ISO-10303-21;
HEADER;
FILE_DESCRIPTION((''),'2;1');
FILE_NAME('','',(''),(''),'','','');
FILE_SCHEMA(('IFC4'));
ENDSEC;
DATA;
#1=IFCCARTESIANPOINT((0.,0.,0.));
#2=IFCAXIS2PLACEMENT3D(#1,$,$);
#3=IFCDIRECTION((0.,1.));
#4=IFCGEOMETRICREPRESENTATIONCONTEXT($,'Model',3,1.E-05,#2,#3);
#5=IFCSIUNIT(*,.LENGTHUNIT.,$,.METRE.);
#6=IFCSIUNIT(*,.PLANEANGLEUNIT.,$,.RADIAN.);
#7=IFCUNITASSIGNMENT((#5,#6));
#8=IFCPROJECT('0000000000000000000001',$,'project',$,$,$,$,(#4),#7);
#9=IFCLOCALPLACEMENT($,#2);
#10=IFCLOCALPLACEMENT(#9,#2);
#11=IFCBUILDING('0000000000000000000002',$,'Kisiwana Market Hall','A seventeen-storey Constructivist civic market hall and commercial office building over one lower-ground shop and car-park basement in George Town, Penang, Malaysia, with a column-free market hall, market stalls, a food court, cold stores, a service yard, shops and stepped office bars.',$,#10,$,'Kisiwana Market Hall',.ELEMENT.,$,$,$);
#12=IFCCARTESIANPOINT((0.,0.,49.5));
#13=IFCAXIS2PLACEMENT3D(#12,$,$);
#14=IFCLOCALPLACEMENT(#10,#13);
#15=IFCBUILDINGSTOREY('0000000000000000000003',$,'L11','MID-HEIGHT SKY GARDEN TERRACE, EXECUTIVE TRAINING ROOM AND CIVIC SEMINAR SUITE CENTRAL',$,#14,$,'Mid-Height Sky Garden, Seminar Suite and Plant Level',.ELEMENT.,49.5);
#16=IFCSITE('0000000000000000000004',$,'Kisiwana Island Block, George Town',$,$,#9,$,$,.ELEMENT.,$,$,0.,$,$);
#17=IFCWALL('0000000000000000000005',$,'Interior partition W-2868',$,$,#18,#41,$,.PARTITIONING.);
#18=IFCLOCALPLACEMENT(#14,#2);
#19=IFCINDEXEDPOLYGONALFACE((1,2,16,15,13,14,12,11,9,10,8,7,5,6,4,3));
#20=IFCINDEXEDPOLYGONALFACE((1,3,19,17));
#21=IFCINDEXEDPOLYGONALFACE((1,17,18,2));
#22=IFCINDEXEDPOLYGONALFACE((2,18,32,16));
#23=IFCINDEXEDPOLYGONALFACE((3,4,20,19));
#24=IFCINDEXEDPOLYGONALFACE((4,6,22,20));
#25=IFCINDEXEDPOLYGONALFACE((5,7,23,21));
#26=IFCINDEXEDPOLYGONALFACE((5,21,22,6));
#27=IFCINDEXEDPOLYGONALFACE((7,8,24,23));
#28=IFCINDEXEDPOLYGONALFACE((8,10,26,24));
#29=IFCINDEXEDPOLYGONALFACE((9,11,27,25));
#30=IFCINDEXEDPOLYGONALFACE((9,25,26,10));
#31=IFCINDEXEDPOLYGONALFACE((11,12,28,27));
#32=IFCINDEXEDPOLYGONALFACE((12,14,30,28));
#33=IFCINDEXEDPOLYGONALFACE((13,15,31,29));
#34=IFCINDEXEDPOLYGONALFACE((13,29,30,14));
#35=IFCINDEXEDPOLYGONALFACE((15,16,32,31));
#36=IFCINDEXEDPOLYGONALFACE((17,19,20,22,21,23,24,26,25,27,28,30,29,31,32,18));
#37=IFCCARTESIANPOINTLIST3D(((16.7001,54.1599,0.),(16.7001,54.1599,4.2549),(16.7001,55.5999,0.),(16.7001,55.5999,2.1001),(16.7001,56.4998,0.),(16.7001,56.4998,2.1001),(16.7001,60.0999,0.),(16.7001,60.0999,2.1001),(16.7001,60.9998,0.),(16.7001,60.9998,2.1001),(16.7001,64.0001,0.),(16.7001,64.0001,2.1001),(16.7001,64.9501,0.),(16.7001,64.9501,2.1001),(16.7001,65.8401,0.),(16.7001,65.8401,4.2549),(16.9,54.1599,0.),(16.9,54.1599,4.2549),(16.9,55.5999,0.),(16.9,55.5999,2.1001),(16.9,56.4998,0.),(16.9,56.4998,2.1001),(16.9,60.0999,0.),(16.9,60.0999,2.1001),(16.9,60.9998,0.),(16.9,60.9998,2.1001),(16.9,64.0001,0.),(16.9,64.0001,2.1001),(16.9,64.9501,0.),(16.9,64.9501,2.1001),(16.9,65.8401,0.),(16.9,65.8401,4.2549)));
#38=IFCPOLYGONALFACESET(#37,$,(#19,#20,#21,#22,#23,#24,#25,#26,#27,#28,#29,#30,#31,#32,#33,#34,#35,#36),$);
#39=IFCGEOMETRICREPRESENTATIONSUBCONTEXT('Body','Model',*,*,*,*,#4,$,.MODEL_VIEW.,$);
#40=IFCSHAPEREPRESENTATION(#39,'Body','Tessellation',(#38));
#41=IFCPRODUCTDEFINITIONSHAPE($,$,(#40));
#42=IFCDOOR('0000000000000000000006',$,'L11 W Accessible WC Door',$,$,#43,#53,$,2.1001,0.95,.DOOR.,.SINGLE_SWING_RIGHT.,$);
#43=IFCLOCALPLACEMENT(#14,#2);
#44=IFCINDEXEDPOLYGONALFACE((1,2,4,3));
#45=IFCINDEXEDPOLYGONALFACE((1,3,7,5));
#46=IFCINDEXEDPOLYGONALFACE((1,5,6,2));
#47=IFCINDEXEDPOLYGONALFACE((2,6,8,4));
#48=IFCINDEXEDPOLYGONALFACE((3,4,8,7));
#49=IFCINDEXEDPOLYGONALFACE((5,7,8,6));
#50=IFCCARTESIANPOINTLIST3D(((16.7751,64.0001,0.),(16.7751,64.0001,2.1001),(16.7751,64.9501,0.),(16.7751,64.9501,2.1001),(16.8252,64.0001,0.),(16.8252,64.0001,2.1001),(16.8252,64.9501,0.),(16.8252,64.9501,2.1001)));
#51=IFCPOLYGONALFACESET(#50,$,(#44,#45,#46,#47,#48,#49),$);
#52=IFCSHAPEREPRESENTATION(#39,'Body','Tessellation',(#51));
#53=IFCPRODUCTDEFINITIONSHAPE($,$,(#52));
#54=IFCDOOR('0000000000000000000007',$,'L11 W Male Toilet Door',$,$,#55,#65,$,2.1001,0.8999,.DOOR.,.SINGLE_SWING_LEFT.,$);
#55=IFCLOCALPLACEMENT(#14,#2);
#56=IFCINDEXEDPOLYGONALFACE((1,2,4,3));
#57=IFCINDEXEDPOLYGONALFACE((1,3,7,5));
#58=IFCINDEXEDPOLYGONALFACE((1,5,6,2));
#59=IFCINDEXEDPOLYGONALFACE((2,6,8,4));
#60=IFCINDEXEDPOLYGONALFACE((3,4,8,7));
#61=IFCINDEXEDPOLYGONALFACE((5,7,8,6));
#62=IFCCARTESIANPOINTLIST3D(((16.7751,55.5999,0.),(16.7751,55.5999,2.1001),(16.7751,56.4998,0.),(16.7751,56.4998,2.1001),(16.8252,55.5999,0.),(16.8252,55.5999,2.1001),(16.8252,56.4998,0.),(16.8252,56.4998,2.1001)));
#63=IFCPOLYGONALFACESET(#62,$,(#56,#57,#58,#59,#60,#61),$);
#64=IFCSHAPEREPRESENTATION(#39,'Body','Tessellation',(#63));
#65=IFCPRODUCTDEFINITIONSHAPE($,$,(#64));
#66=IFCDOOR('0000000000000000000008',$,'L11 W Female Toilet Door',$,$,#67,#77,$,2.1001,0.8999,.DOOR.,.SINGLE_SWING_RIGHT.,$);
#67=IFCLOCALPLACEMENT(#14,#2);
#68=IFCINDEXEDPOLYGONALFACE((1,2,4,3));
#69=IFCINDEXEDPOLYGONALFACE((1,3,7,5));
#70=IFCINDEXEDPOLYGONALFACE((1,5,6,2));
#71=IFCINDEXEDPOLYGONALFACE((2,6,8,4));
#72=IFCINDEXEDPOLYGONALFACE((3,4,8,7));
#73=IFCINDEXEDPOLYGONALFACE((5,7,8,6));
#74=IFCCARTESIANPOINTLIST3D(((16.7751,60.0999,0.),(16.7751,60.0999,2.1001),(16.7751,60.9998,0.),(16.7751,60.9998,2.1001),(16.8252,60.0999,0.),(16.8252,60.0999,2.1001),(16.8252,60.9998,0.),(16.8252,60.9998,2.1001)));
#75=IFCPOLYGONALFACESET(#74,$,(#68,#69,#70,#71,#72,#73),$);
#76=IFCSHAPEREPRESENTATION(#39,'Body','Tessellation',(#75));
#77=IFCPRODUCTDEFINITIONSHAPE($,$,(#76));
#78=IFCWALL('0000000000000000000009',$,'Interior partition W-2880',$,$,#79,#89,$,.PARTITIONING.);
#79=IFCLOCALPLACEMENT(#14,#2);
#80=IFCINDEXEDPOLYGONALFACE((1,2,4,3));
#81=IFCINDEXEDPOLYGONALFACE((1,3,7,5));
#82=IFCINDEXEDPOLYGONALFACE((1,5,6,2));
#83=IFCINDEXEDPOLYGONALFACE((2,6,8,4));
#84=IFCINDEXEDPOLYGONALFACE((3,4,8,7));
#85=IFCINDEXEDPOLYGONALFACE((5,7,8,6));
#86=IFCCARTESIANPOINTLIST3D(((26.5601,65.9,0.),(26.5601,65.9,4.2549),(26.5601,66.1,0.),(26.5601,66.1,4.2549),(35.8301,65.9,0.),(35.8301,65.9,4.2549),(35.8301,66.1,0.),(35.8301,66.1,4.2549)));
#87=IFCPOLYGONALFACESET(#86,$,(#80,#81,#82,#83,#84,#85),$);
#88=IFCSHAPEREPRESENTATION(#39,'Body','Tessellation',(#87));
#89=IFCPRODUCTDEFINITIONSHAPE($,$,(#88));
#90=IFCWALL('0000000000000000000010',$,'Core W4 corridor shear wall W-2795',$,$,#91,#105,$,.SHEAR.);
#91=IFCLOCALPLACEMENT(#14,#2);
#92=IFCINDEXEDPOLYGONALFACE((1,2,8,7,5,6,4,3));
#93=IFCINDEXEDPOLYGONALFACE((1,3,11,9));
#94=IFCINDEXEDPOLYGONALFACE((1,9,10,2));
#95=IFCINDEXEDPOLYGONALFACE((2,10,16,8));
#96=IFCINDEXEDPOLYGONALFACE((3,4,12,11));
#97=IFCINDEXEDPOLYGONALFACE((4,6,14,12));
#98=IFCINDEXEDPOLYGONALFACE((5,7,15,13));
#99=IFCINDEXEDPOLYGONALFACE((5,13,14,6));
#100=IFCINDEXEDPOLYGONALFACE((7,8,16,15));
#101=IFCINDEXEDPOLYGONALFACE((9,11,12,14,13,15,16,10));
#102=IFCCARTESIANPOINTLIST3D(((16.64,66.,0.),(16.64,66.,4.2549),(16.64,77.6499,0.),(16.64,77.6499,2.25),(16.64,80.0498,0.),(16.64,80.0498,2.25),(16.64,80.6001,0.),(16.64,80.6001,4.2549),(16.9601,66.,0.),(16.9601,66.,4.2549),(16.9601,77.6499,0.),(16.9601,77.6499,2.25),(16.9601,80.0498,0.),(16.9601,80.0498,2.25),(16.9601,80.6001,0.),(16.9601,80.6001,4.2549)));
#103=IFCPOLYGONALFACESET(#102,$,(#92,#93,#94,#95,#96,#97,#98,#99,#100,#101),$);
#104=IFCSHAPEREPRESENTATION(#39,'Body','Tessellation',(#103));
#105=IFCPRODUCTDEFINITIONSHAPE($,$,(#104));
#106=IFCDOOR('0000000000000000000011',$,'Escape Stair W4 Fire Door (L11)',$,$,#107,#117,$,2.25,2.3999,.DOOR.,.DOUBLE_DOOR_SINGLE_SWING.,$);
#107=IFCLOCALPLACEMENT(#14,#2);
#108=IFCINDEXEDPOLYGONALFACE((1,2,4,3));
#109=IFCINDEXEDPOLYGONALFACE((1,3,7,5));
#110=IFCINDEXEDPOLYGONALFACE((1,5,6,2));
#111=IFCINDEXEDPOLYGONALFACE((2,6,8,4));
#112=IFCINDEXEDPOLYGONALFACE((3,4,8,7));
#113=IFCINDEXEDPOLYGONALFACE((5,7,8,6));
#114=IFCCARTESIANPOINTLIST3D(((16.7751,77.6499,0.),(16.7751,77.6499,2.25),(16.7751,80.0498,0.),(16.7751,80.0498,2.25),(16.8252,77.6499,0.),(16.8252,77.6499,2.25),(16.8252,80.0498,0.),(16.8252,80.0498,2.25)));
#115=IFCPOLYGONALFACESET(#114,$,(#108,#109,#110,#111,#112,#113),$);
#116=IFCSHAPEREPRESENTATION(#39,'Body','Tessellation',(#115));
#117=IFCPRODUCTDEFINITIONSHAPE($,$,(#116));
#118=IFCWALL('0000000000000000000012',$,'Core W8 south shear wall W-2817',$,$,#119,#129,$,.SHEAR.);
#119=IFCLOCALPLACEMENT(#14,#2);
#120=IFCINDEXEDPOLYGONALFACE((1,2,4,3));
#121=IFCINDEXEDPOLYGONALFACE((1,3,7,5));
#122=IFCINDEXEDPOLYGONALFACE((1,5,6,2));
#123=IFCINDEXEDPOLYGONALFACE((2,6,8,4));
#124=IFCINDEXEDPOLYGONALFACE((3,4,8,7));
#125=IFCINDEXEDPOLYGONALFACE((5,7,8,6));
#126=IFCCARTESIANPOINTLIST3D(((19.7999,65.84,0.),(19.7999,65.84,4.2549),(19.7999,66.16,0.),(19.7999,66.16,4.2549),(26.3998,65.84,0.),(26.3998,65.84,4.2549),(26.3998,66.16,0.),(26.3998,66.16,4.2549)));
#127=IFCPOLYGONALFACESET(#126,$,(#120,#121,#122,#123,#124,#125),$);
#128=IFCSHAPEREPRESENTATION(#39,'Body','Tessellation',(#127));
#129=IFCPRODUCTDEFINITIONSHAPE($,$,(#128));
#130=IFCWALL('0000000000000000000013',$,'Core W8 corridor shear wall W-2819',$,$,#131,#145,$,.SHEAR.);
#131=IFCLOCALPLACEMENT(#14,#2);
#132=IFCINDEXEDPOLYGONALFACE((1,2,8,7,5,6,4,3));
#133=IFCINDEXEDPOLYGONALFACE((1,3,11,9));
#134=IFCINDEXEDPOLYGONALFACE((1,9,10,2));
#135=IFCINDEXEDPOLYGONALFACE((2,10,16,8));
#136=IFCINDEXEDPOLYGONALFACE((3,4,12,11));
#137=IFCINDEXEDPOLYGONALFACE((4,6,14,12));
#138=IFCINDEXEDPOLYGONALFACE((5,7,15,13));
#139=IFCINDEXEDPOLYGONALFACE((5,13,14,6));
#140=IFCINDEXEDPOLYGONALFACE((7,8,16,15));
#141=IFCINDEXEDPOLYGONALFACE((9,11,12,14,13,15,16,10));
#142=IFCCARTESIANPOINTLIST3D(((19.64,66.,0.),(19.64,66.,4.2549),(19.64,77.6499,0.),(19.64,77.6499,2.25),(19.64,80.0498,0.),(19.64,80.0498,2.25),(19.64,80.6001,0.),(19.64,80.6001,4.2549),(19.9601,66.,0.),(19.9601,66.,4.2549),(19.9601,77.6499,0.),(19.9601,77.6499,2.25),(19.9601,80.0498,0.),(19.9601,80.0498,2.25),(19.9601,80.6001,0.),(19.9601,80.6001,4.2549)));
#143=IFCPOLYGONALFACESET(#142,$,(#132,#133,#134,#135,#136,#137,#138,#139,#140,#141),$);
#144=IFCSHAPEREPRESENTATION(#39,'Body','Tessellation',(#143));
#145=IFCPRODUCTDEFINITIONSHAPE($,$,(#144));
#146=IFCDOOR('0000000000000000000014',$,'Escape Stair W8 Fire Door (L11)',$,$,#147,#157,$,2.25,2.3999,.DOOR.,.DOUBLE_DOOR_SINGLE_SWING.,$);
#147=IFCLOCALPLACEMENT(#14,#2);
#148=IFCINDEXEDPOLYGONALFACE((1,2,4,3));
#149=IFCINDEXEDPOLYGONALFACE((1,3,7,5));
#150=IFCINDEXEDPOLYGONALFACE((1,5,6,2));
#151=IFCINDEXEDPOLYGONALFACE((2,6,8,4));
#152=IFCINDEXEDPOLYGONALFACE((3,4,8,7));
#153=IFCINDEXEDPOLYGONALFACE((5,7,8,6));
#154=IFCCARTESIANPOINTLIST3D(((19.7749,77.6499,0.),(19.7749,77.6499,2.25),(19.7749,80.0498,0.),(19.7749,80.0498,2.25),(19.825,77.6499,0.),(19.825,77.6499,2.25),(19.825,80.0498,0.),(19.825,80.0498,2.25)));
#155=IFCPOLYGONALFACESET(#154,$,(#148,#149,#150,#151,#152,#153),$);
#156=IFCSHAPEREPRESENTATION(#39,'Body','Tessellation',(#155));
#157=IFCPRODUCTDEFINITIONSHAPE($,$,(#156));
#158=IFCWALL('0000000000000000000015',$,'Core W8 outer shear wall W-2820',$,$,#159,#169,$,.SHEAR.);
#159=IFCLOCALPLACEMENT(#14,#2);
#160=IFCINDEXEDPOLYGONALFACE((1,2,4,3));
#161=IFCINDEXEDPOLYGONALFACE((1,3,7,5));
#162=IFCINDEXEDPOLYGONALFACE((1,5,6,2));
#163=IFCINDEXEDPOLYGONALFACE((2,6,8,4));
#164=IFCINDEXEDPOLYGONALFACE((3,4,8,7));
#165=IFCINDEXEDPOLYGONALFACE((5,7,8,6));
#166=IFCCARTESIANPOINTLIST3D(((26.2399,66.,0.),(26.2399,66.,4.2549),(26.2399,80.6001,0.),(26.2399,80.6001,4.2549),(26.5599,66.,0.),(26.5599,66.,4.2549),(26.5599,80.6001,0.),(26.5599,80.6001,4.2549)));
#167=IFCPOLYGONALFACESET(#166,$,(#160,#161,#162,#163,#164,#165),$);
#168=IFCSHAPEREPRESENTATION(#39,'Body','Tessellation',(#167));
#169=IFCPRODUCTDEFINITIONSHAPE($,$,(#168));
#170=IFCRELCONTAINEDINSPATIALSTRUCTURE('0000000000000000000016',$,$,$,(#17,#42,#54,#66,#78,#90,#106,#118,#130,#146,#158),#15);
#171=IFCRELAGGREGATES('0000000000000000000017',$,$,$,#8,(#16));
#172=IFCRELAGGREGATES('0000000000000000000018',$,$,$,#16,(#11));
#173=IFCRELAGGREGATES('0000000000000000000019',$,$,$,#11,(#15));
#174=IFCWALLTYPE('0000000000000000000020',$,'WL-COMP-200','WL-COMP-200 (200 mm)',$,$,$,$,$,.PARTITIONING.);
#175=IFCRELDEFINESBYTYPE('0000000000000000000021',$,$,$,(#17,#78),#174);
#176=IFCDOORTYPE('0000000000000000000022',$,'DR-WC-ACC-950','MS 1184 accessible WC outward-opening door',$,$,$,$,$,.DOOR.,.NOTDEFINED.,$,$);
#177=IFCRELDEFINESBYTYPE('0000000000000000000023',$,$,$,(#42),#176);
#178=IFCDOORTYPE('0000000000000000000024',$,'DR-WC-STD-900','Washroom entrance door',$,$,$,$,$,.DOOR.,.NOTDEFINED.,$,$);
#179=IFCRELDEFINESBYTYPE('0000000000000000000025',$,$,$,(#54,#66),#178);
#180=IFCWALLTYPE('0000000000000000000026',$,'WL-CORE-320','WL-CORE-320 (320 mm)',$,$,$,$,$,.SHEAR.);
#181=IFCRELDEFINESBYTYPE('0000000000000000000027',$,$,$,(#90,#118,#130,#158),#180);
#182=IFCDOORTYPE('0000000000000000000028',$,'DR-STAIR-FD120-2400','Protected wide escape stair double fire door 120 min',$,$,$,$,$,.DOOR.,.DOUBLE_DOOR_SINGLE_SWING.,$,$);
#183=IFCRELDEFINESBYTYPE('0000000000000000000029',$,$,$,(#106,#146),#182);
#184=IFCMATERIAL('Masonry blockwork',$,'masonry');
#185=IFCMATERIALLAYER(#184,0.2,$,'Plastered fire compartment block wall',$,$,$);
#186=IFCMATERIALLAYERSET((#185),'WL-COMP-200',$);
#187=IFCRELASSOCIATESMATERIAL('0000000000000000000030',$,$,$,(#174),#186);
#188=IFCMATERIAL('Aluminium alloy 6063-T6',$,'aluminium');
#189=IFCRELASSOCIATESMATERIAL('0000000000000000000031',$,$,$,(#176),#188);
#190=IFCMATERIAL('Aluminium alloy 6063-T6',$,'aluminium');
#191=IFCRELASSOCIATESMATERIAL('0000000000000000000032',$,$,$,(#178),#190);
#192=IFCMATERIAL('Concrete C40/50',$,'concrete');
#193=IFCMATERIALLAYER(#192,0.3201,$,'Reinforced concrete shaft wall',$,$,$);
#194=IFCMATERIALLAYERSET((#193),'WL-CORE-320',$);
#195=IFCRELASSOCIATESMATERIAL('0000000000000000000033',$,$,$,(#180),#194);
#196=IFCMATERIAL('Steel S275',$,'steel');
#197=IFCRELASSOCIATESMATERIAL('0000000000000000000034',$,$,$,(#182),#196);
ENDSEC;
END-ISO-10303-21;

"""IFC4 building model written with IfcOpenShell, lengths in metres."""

from ifc_helpers import new_model, si_unit, direction, frame, frame_2d, origin, place, context, subcontext, project, spatial, rectangle, extrude, material, layer, layer_set, type_object, element, fill, save


model = new_model("IFC4")

# Units and contexts
model_context = context("Model", 3, precision=1e-05, world=origin(), true_north=direction((0.0, 1.0)))
body_context = subcontext(model_context, "Body", "Model", "MODEL_VIEW")
ifc_project = project(units=[si_unit("LENGTHUNIT", "METRE"), si_unit("PLANEANGLEUNIT", "RADIAN")], contexts=[model_context])

# Site, building, storey
site_placement = place(None, origin())
site = spatial("IfcSite", under=ifc_project, at=site_placement, Name="Kisiwana Island Block, George Town", CompositionType="ELEMENT", RefElevation=0.0)
building_placement = place(site_placement, origin())
building = spatial("IfcBuilding", under=site, at=building_placement, Name="Kisiwana Market Hall", Description="A seventeen-storey Constructivist civic market hall and commercial office building over one lower-ground shop and car-park basement in George Town, Penang, Malaysia, with a column-free market hall, market stalls, a food court, cold stores, a service yard, shops and stepped office bars.", LongName="Kisiwana Market Hall", CompositionType="ELEMENT")
storey_placement = place(building_placement, frame((0.0, 0.0, 49.5)))
storey = spatial("IfcBuildingStorey", under=building, at=storey_placement, Name="L11", Description="MID-HEIGHT SKY GARDEN TERRACE, EXECUTIVE TRAINING ROOM AND CIVIC SEMINAR SUITE CENTRAL", LongName="Mid-Height Sky Garden, Seminar Suite and Plant Level", CompositionType="ELEMENT", Elevation=49.5)

# Wall, openings, doors
ifc_material_1 = material(Name="Masonry blockwork", Category="masonry")
ifc_layer_1 = layer(ifc_material_1, 0.2, Name="Plastered fire compartment block wall")
ifc_layer_set_1 = layer_set([ifc_layer_1], Name="WL-COMP-200")
wall_type_1 = type_object("IfcWallType", Name="WL-COMP-200", Description="WL-COMP-200 (200 mm)", PredefinedType="PARTITIONING", material=ifc_layer_set_1)
wall_1_placement = place(storey_placement, frame((16.8, 54.1599, 0.0), z_axis=(0.0, 0.0, 1.0), x_axis=(0.0, 1.0, 0.0)))
wall_1 = element("IfcWall", 1, at=wall_1_placement, inside=storey, type_object=wall_type_1, Name="Interior partition W-2868", PredefinedType="PARTITIONING", context=body_context, shape_type="SweptSolid", body=[
    extrude(rectangle(XDim=11.6802, YDim=0.2, at=frame_2d((5.8401, 0.0))), origin(), (0.0, 0.0, 1.0), 4.2549),
])
opening_1_placement = place(wall_1_placement, frame((1.4399, 0.0, 0.0)))
opening_1 = element("IfcOpeningElement", 2, at=opening_1_placement, cuts=wall_1, PredefinedType="OPENING", context=body_context, shape_type="SweptSolid", body=[
    extrude(rectangle(XDim=0.8999, YDim=2.1001, at=frame_2d((0.45, 1.05))), frame((0.0, 0.1118, 0.0), z_axis=(0.0, -1.0, 0.0), x_axis=(1.0, 0.0, 0.0)), (0.0, 0.0, 1.0), 0.2239),
])
opening_2_placement = place(wall_1_placement, frame((5.9399, 0.0, 0.0)))
opening_2 = element("IfcOpeningElement", 3, at=opening_2_placement, cuts=wall_1, PredefinedType="OPENING", context=body_context, shape_type="SweptSolid", body=[
    extrude(rectangle(XDim=0.8999, YDim=2.1001, at=frame_2d((0.45, 1.05))), frame((0.0, 0.1118, 0.0), z_axis=(0.0, -1.0, 0.0), x_axis=(1.0, 0.0, 0.0)), (0.0, 0.0, 1.0), 0.2239),
])
opening_3_placement = place(wall_1_placement, frame((9.8401, 0.0, 0.0)))
opening_3 = element("IfcOpeningElement", 4, at=opening_3_placement, cuts=wall_1, PredefinedType="OPENING", context=body_context, shape_type="SweptSolid", body=[
    extrude(rectangle(XDim=0.95, YDim=2.1001, at=frame_2d((0.4751, 1.05))), frame((0.0, 0.1118, 0.0), z_axis=(0.0, -1.0, 0.0), x_axis=(1.0, 0.0, 0.0)), (0.0, 0.0, 1.0), 0.2239),
])
ifc_material_2 = material(Name="Aluminium alloy 6063-T6", Category="aluminium")
door_type_1 = type_object("IfcDoorType", Name="DR-WC-ACC-950", Description="MS 1184 accessible WC outward-opening door", OperationType="NOTDEFINED", PredefinedType="DOOR", material=ifc_material_2)
door_1_placement = place(opening_3_placement, origin())
door_1 = element("IfcDoor", 5, at=door_1_placement, inside=storey, type_object=door_type_1, Name="L11 W Accessible WC Door", OperationType="SINGLE_SWING_RIGHT", OverallHeight=2.1001, OverallWidth=0.95, PredefinedType="DOOR", context=body_context, shape_type="SweptSolid", body=[
    extrude(rectangle(XDim=0.95, YDim=2.1001, at=frame_2d((0.4751, 1.05))), frame((0.0, 0.0249, 0.0), z_axis=(0.0, -1.0, 0.0), x_axis=(1.0, 0.0, 0.0)), (0.0, 0.0, 1.0), 0.05),
])
fill(opening_3, door_1)
ifc_material_3 = material(Name="Aluminium alloy 6063-T6", Category="aluminium")
door_type_2 = type_object("IfcDoorType", Name="DR-WC-STD-900", Description="Washroom entrance door", OperationType="NOTDEFINED", PredefinedType="DOOR", material=ifc_material_3)
door_2_placement = place(opening_1_placement, origin())
door_2 = element("IfcDoor", 6, at=door_2_placement, inside=storey, type_object=door_type_2, Name="L11 W Male Toilet Door", OperationType="SINGLE_SWING_LEFT", OverallHeight=2.1001, OverallWidth=0.8999, PredefinedType="DOOR", context=body_context, shape_type="SweptSolid", body=[
    extrude(rectangle(XDim=0.8999, YDim=2.1001, at=frame_2d((0.45, 1.05))), frame((0.0, 0.0249, 0.0), z_axis=(0.0, -1.0, 0.0), x_axis=(1.0, 0.0, 0.0)), (0.0, 0.0, 1.0), 0.05),
])
fill(opening_1, door_2)
door_3_placement = place(opening_2_placement, origin())
door_3 = element("IfcDoor", 7, at=door_3_placement, inside=storey, type_object=door_type_2, Name="L11 W Female Toilet Door", OperationType="SINGLE_SWING_RIGHT", OverallHeight=2.1001, OverallWidth=0.8999, PredefinedType="DOOR", context=body_context, shape_type="SweptSolid", body=[
    extrude(rectangle(XDim=0.8999, YDim=2.1001, at=frame_2d((0.45, 1.05))), frame((0.0, 0.0249, 0.0), z_axis=(0.0, -1.0, 0.0), x_axis=(1.0, 0.0, 0.0)), (0.0, 0.0, 1.0), 0.05),
])
fill(opening_2, door_3)

# Wall
wall_2_placement = place(storey_placement, frame((26.5601, 66.0, 0.0), z_axis=(0.0, 0.0, 1.0), x_axis=(1.0, 0.0, 0.0)))
element("IfcWall", 8, at=wall_2_placement, inside=storey, type_object=wall_type_1, Name="Interior partition W-2880", PredefinedType="PARTITIONING", context=body_context, shape_type="SweptSolid", body=[
    extrude(rectangle(XDim=9.27, YDim=0.2, at=frame_2d((4.635, 0.0))), origin(), (0.0, 0.0, 1.0), 4.2549),
])

# Wall, opening, door
ifc_material_4 = material(Name="Concrete C40/50", Category="concrete")
ifc_layer_2 = layer(ifc_material_4, 0.3201, Name="Reinforced concrete shaft wall")
ifc_layer_set_2 = layer_set([ifc_layer_2], Name="WL-CORE-320")
wall_type_2 = type_object("IfcWallType", Name="WL-CORE-320", Description="WL-CORE-320 (320 mm)", PredefinedType="SHEAR", material=ifc_layer_set_2)
wall_3_placement = place(storey_placement, frame((16.8, 66.0, 0.0), z_axis=(0.0, 0.0, 1.0), x_axis=(0.0, 1.0, 0.0)))
wall_3 = element("IfcWall", 9, at=wall_3_placement, inside=storey, type_object=wall_type_2, Name="Core W4 corridor shear wall W-2795", PredefinedType="SHEAR", context=body_context, shape_type="SweptSolid", body=[
    extrude(rectangle(XDim=14.6001, YDim=0.3201, at=frame_2d((7.3, 0.0))), origin(), (0.0, 0.0, 1.0), 4.2549),
])
opening_4_placement = place(wall_3_placement, frame((11.6499, 0.0, 0.0)))
opening_4 = element("IfcOpeningElement", 10, at=opening_4_placement, cuts=wall_3, PredefinedType="OPENING", context=body_context, shape_type="SweptSolid", body=[
    extrude(rectangle(XDim=2.3999, YDim=2.25, at=frame_2d((1.2, 1.125))), frame((0.0, 0.1719, 0.0), z_axis=(0.0, -1.0, 0.0), x_axis=(1.0, 0.0, 0.0)), (0.0, 0.0, 1.0), 0.344),
])
ifc_material_5 = material(Name="Steel S275", Category="steel")
door_type_3 = type_object("IfcDoorType", Name="DR-STAIR-FD120-2400", Description="Protected wide escape stair double fire door 120 min", OperationType="DOUBLE_DOOR_SINGLE_SWING", PredefinedType="DOOR", material=ifc_material_5)
door_4_placement = place(opening_4_placement, origin())
door_4 = element("IfcDoor", 11, at=door_4_placement, inside=storey, type_object=door_type_3, Name="Escape Stair W4 Fire Door (L11)", OperationType="DOUBLE_DOOR_SINGLE_SWING", OverallHeight=2.25, OverallWidth=2.3999, PredefinedType="DOOR", context=body_context, shape_type="SweptSolid", body=[
    extrude(rectangle(XDim=2.3999, YDim=2.25, at=frame_2d((1.2, 1.125))), frame((0.0, 0.0249, 0.0), z_axis=(0.0, -1.0, 0.0), x_axis=(1.0, 0.0, 0.0)), (0.0, 0.0, 1.0), 0.05),
])
fill(opening_4, door_4)

# Wall
wall_4_placement = place(storey_placement, frame((19.8, 66.0, 0.0), z_axis=(0.0, 0.0, 1.0), x_axis=(1.0, 0.0, 0.0)))
element("IfcWall", 12, at=wall_4_placement, inside=storey, type_object=wall_type_2, Name="Core W8 south shear wall W-2817", PredefinedType="SHEAR", context=body_context, shape_type="SweptSolid", body=[
    extrude(rectangle(XDim=6.5999, YDim=0.3201, at=frame_2d((3.2998, 0.0))), origin(), (0.0, 0.0, 1.0), 4.2549),
])

# Wall, opening, door
wall_5_placement = place(storey_placement, frame((19.8, 66.0, 0.0), z_axis=(0.0, 0.0, 1.0), x_axis=(0.0, 1.0, 0.0)))
wall_5 = element("IfcWall", 13, at=wall_5_placement, inside=storey, type_object=wall_type_2, Name="Core W8 corridor shear wall W-2819", PredefinedType="SHEAR", context=body_context, shape_type="SweptSolid", body=[
    extrude(rectangle(XDim=14.6001, YDim=0.3201, at=frame_2d((7.3, 0.0))), origin(), (0.0, 0.0, 1.0), 4.2549),
])
opening_5_placement = place(wall_5_placement, frame((11.6499, 0.0, 0.0)))
opening_5 = element("IfcOpeningElement", 14, at=opening_5_placement, cuts=wall_5, PredefinedType="OPENING", context=body_context, shape_type="SweptSolid", body=[
    extrude(rectangle(XDim=2.3999, YDim=2.25, at=frame_2d((1.2, 1.125))), frame((0.0, 0.1719, 0.0), z_axis=(0.0, -1.0, 0.0), x_axis=(1.0, 0.0, 0.0)), (0.0, 0.0, 1.0), 0.344),
])
door_5_placement = place(opening_5_placement, frame((2.3999, 0.0, 0.0), z_axis=(0.0, 0.0, 1.0), x_axis=(-1.0, 0.0, 0.0)))
door_5 = element("IfcDoor", 15, at=door_5_placement, inside=storey, type_object=door_type_3, Name="Escape Stair W8 Fire Door (L11)", OperationType="DOUBLE_DOOR_SINGLE_SWING", OverallHeight=2.25, OverallWidth=2.3999, PredefinedType="DOOR", context=body_context, shape_type="SweptSolid", body=[
    extrude(rectangle(XDim=2.3999, YDim=2.25, at=frame_2d((1.2, 1.125))), frame((0.0, 0.0249, 0.0), z_axis=(0.0, -1.0, 0.0), x_axis=(1.0, 0.0, 0.0)), (0.0, 0.0, 1.0), 0.05),
])
fill(opening_5, door_5)

# Wall
wall_6_placement = place(storey_placement, frame((26.3999, 66.0, 0.0), z_axis=(0.0, 0.0, 1.0), x_axis=(0.0, 1.0, 0.0)))
element("IfcWall", 16, at=wall_6_placement, inside=storey, type_object=wall_type_2, Name="Core W8 outer shear wall W-2820", PredefinedType="SHEAR", context=body_context, shape_type="SweptSolid", body=[
    extrude(rectangle(XDim=14.6001, YDim=0.3201, at=frame_2d((7.3, 0.0))), origin(), (0.0, 0.0, 1.0), 4.2549),
])

save(model, "model.ifc")
